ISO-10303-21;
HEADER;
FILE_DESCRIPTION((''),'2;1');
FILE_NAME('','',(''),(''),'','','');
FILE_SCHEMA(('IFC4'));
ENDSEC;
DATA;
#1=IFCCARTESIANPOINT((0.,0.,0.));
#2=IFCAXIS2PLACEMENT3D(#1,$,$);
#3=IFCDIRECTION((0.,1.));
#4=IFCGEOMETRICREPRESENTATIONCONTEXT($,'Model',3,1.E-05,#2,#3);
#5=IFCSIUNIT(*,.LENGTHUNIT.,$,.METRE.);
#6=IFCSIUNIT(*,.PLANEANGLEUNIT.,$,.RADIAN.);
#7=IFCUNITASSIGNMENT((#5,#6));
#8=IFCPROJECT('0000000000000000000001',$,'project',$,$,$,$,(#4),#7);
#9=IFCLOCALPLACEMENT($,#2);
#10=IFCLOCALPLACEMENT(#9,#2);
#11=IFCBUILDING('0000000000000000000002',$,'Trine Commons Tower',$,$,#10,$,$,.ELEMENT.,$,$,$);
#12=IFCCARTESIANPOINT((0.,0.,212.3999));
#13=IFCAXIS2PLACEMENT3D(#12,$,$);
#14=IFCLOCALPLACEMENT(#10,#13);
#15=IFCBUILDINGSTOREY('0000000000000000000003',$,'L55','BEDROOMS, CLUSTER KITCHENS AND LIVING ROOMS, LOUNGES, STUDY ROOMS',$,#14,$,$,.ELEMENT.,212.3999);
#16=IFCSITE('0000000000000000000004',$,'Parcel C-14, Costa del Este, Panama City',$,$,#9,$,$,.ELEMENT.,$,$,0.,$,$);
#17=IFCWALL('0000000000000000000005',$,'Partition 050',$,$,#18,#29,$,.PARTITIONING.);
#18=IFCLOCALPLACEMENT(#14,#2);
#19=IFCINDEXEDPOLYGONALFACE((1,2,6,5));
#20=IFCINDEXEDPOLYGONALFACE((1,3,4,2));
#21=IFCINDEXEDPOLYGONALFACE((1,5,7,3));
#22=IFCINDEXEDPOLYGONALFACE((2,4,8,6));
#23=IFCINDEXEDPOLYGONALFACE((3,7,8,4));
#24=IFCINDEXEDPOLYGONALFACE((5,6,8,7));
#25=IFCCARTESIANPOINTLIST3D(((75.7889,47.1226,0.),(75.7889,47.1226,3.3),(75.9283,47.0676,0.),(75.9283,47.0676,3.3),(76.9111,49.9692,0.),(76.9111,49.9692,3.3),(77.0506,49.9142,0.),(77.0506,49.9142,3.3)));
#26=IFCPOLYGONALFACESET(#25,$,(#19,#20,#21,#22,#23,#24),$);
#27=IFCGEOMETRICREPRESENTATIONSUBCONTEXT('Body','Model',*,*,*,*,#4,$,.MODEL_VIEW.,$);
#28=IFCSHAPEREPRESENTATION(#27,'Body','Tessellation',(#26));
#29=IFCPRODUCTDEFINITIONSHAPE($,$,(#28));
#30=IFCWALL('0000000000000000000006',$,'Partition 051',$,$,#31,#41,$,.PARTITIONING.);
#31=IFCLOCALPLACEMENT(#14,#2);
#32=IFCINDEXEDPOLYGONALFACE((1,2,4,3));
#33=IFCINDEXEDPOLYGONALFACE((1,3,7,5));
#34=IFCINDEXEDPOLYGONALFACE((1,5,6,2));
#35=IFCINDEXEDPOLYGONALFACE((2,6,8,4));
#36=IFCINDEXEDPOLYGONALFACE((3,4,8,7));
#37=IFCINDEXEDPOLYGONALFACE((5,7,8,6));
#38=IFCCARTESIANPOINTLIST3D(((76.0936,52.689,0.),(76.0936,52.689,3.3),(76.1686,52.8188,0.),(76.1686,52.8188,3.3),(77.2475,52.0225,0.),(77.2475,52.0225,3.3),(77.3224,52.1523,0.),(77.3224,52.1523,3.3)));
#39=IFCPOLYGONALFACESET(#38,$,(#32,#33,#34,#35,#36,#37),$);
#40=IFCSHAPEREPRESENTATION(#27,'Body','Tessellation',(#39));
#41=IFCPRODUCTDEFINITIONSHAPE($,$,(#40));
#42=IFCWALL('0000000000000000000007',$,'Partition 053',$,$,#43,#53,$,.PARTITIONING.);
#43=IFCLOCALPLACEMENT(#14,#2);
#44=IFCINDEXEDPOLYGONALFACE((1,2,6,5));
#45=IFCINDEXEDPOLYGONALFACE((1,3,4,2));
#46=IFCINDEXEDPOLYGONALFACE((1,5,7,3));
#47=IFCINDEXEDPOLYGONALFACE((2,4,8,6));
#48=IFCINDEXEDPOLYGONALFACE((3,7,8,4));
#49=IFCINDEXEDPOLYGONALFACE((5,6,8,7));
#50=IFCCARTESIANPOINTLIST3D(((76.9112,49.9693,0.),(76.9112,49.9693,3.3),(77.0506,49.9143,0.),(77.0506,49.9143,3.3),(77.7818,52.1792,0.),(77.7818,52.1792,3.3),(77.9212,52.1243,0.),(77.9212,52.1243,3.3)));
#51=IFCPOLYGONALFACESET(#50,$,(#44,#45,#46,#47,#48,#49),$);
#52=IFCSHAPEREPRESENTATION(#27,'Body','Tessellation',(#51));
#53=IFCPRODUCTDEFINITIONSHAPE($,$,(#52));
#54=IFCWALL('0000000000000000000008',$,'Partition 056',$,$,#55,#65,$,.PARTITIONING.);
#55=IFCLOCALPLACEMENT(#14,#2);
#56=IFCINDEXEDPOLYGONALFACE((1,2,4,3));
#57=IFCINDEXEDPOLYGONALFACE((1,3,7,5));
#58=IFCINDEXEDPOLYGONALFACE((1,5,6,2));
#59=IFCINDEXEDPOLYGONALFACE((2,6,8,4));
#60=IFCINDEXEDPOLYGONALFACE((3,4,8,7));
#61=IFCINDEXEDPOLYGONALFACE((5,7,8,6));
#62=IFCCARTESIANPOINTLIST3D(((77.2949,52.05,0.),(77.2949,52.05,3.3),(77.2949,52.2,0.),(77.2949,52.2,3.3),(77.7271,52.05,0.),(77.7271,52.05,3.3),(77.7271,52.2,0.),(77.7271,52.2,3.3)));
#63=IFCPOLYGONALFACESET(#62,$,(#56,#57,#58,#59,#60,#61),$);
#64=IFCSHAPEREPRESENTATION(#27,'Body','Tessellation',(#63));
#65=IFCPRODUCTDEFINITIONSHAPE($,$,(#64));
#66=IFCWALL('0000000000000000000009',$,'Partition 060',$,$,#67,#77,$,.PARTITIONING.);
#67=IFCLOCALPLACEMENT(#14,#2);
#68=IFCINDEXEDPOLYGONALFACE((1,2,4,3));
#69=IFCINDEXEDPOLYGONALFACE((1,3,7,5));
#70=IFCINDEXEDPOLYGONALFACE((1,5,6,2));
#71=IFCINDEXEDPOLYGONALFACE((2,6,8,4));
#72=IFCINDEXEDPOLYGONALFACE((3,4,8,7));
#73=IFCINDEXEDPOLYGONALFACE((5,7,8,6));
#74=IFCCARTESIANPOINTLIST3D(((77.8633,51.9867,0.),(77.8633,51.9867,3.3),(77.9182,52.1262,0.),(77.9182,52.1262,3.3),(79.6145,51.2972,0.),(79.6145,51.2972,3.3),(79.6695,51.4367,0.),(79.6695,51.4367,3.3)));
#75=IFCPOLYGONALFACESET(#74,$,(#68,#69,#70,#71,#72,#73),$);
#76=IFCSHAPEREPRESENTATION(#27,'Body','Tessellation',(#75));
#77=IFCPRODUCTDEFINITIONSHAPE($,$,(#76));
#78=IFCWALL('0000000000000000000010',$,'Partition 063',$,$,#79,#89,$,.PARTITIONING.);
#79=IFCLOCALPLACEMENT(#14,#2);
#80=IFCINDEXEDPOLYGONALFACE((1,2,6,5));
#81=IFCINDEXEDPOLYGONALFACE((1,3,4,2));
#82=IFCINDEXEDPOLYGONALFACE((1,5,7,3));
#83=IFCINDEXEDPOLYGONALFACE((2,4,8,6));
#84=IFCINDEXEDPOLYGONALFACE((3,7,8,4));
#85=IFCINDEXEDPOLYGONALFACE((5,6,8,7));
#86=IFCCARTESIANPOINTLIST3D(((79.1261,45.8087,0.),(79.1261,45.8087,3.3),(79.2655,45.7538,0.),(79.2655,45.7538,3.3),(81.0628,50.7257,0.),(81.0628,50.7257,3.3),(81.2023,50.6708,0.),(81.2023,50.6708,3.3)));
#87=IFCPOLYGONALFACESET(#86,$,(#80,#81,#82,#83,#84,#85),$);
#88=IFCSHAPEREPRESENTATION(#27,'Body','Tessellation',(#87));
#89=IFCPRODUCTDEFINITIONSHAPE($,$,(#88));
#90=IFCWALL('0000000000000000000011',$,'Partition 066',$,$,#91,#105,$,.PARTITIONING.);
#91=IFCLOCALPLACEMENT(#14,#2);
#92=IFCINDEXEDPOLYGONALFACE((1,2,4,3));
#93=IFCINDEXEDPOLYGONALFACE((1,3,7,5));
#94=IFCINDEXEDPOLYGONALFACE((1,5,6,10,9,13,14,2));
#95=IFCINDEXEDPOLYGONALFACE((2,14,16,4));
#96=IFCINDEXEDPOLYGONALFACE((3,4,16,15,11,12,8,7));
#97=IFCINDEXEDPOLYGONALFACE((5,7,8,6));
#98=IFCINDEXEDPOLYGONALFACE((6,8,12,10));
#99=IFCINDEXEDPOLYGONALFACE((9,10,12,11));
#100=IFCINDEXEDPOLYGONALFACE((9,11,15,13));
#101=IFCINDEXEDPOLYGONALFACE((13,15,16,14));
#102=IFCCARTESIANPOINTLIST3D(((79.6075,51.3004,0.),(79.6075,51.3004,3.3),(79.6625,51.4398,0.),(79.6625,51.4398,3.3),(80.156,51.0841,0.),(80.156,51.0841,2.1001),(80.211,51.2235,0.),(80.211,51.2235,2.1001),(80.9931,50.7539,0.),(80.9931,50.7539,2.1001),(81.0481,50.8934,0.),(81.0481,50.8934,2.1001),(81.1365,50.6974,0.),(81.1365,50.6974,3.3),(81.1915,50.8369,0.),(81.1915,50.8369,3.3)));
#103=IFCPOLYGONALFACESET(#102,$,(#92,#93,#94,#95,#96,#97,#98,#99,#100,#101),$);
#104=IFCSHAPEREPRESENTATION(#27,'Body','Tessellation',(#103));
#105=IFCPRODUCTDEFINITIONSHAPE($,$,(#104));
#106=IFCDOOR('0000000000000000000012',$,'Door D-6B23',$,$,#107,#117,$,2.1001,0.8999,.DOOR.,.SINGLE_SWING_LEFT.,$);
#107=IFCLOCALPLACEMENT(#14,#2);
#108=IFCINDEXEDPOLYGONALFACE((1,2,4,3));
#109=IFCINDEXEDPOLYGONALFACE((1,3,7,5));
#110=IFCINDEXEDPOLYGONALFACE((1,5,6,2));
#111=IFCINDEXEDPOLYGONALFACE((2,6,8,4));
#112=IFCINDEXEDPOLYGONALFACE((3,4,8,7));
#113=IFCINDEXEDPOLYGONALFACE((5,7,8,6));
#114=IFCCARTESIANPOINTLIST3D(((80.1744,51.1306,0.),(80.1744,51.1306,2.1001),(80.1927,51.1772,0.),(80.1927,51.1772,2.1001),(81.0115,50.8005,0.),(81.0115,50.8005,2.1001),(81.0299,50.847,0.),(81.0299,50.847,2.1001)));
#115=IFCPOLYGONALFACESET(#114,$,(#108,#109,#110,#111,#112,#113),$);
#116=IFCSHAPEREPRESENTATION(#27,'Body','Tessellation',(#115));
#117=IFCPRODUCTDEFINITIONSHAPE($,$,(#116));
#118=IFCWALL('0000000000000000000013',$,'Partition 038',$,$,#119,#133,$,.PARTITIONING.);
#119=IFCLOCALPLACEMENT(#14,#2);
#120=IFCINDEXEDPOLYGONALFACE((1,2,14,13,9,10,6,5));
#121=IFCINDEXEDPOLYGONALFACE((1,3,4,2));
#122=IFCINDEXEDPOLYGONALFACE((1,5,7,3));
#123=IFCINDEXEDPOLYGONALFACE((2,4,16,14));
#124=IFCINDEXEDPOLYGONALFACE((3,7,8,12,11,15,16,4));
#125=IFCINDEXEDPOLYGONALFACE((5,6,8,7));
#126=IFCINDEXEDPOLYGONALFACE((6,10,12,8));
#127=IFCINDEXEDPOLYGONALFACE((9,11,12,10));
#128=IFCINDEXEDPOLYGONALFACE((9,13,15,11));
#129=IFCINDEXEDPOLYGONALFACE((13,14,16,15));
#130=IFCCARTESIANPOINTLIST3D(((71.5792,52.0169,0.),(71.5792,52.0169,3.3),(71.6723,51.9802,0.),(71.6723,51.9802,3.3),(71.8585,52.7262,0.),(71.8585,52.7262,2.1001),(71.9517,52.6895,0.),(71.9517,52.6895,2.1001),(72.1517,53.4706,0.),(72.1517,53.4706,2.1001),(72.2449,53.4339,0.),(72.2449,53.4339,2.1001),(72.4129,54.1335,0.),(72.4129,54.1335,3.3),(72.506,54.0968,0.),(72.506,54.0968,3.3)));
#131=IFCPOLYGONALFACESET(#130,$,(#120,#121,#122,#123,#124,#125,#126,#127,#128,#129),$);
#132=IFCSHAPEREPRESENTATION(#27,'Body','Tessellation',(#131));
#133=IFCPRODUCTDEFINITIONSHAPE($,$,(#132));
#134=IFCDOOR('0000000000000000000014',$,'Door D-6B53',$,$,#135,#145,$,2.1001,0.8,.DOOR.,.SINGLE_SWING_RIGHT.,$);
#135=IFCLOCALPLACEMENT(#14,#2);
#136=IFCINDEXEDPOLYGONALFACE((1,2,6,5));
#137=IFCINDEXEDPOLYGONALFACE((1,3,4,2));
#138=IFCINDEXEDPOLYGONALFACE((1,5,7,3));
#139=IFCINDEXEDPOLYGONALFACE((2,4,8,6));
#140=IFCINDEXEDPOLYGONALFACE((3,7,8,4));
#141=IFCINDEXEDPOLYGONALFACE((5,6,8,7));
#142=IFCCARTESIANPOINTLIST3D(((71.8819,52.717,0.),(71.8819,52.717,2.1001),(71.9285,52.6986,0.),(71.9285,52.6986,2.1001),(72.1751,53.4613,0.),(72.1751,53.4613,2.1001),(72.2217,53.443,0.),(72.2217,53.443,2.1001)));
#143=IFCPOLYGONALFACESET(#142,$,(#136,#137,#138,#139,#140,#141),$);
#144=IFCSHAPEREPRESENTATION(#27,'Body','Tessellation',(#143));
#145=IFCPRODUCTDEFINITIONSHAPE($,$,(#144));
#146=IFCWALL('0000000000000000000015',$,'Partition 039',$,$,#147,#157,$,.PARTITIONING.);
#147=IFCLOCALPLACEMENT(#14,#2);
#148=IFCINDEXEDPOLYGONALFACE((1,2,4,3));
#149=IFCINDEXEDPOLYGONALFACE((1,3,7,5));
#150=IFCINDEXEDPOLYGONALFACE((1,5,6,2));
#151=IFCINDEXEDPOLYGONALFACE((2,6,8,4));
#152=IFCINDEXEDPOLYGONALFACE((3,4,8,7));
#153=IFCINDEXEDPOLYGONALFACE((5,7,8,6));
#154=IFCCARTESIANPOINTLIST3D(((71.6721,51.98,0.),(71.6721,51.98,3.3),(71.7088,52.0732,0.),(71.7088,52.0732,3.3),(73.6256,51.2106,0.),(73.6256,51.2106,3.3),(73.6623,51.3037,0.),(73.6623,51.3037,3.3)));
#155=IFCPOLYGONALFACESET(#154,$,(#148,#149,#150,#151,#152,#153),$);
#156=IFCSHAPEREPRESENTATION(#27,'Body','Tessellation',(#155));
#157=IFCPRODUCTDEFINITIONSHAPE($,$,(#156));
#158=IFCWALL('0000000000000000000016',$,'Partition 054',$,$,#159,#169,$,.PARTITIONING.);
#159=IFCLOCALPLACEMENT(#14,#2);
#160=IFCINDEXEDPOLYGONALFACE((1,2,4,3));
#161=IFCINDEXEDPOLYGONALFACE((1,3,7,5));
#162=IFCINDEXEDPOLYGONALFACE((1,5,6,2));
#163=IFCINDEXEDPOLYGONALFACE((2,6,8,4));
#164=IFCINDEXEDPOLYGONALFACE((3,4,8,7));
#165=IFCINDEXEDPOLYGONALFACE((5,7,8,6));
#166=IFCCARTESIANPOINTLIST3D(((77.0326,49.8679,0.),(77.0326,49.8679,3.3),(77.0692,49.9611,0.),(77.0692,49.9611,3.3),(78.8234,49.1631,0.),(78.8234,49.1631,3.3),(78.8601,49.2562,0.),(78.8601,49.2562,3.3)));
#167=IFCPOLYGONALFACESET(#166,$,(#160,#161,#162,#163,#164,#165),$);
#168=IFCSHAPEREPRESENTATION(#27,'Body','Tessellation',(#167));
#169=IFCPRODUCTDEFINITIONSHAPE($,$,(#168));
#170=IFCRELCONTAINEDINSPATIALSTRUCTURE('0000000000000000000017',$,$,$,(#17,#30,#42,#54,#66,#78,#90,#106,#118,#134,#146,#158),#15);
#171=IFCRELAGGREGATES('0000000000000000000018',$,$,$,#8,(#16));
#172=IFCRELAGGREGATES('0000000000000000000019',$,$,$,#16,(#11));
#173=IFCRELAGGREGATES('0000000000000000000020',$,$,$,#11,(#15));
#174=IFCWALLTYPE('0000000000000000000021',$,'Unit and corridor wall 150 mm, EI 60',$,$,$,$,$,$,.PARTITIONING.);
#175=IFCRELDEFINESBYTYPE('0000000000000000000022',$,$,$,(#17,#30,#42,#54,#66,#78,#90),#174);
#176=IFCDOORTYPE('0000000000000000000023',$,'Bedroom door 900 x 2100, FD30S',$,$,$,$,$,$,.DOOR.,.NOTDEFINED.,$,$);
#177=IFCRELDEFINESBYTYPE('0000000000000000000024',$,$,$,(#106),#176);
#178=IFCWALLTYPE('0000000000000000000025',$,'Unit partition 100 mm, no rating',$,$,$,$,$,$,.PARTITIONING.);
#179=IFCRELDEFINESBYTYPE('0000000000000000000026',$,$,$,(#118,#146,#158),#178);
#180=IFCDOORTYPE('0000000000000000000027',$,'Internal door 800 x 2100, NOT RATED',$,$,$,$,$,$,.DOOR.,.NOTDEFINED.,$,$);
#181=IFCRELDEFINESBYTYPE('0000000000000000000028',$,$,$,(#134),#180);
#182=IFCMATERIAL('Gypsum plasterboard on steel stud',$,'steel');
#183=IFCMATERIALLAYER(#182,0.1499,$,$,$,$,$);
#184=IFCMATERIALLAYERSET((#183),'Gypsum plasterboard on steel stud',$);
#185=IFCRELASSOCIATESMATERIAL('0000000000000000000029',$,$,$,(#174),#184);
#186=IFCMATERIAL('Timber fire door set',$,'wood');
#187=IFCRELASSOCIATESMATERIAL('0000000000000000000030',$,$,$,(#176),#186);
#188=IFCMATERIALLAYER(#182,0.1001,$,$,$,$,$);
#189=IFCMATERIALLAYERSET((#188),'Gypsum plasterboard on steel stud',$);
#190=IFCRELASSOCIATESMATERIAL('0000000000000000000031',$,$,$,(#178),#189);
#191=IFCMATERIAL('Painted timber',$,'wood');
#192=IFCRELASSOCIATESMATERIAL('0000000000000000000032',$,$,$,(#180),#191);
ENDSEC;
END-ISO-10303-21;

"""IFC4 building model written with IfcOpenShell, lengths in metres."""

from ifc_helpers import new_model, si_unit, direction, frame, frame_2d, origin, place, context, subcontext, project, spatial, rectangle, extrude, material, layer, layer_set, type_object, element, fill, save


model = new_model("IFC4")

# Units and contexts
model_context = context("Model", 3, precision=1e-05, world=origin(), true_north=direction((0.0, 1.0)))
body_context = subcontext(model_context, "Body", "Model", "MODEL_VIEW")
ifc_project = project(units=[si_unit("LENGTHUNIT", "METRE"), si_unit("PLANEANGLEUNIT", "RADIAN")], contexts=[model_context])

# Site, building, storey
site_placement = place(None, origin())
site = spatial("IfcSite", under=ifc_project, at=site_placement, Name="Parcel C-14, Costa del Este, Panama City", CompositionType="ELEMENT", RefElevation=0.0)
building_placement = place(site_placement, origin())
building = spatial("IfcBuilding", under=site, at=building_placement, Name="Trine Commons Tower", CompositionType="ELEMENT")
storey_placement = place(building_placement, frame((0.0, 0.0, 212.3999)))
storey = spatial("IfcBuildingStorey", under=building, at=storey_placement, Name="L55", Description="BEDROOMS, CLUSTER KITCHENS AND LIVING ROOMS, LOUNGES, STUDY ROOMS", CompositionType="ELEMENT", Elevation=212.3999)

# Walls
ifc_material_1 = material(Name="Gypsum plasterboard on steel stud", Category="steel")
ifc_layer_1 = layer(ifc_material_1, 0.1499)
ifc_layer_set_1 = layer_set([ifc_layer_1], Name="Gypsum plasterboard on steel stud")
wall_type_1 = type_object("IfcWallType", Name="Unit and corridor wall 150 mm, EI 60", PredefinedType="PARTITIONING", material=ifc_layer_set_1)
wall_1_placement = place(storey_placement, frame((75.8586, 47.0952, 0.0), z_axis=(0.0, 0.0, 1.0), x_axis=(0.366778, 0.930309, 0.0)))
element("IfcWall", 1, at=wall_1_placement, inside=storey, type_object=wall_type_1, Name="Partition 050", PredefinedType="PARTITIONING", context=body_context, shape_type="SweptSolid", body=[
    extrude(rectangle(XDim=3.0598, YDim=0.1499, at=frame_2d((1.5298, 0.0))), origin(), (0.0, 0.0, 1.0), 3.3),
])
wall_2_placement = place(storey_placement, frame((76.1311, 52.7539, 0.0), z_axis=(0.0, 0.0, 1.0), x_axis=(0.865911, -0.500198, 0.0)))
element("IfcWall", 2, at=wall_2_placement, inside=storey, type_object=wall_type_1, Name="Partition 051", PredefinedType="PARTITIONING", context=body_context, shape_type="SweptSolid", body=[
    extrude(rectangle(XDim=1.3325, YDim=0.1499, at=frame_2d((0.6663, 0.0))), origin(), (0.0, 0.0, 1.0), 3.3),
])
wall_3_placement = place(storey_placement, frame((76.981, 49.9419, 0.0), z_axis=(0.0, 0.0, 1.0), x_axis=(0.36653, 0.930406, 0.0)))
element("IfcWall", 3, at=wall_3_placement, inside=storey, type_object=wall_type_1, Name="Partition 053", PredefinedType="PARTITIONING", context=body_context, shape_type="SweptSolid", body=[
    extrude(rectangle(XDim=2.3752, YDim=0.1499, at=frame_2d((1.1875, 0.0))), origin(), (0.0, 0.0, 1.0), 3.3),
])
wall_4_placement = place(storey_placement, frame((77.2949, 52.125, 0.0), z_axis=(0.0, 0.0, 1.0), x_axis=(1.0, 0.0, 0.0)))
element("IfcWall", 4, at=wall_4_placement, inside=storey, type_object=wall_type_1, Name="Partition 056", PredefinedType="PARTITIONING", context=body_context, shape_type="SweptSolid", body=[
    extrude(rectangle(XDim=0.4321, YDim=0.1499, at=frame_2d((0.2161, 0.0))), origin(), (0.0, 0.0, 1.0), 3.3),
])
wall_5_placement = place(storey_placement, frame((77.8909, 52.0564, 0.0), z_axis=(0.0, 0.0, 1.0), x_axis=(0.930485, -0.366331, 0.0)))
element("IfcWall", 5, at=wall_5_placement, inside=storey, type_object=wall_type_1, Name="Partition 060", PredefinedType="PARTITIONING", context=body_context, shape_type="SweptSolid", body=[
    extrude(rectangle(XDim=1.8821, YDim=0.1499, at=frame_2d((0.9409, 0.0))), origin(), (0.0, 0.0, 1.0), 3.3),
])
wall_6_placement = place(storey_placement, frame((79.1958, 45.7812, 0.0), z_axis=(0.0, 0.0, 1.0), x_axis=(0.366487, 0.930423, 0.0)))
element("IfcWall", 6, at=wall_6_placement, inside=storey, type_object=wall_type_1, Name="Partition 063", PredefinedType="PARTITIONING", context=body_context, shape_type="SweptSolid", body=[
    extrude(rectangle(XDim=5.2847, YDim=0.1499, at=frame_2d((2.6423, 0.0))), origin(), (0.0, 0.0, 1.0), 3.3),
])

# Walls, openings, doors
wall_7_placement = place(storey_placement, frame((79.635, 51.3701, 0.0), z_axis=(0.0, 0.0, 1.0), x_axis=(0.930269, -0.366879, 0.0)))
wall_7 = element("IfcWall", 7, at=wall_7_placement, inside=storey, type_object=wall_type_1, Name="Partition 066", PredefinedType="PARTITIONING", context=body_context, shape_type="SweptSolid", body=[
    extrude(rectangle(XDim=1.6436, YDim=0.1499, at=frame_2d((0.8218, 0.0))), origin(), (0.0, 0.0, 1.0), 3.3),
])
opening_1_placement = place(wall_7_placement, frame((0.5896, 0.0, 0.0)))
opening_1 = element("IfcOpeningElement", 8, at=opening_1_placement, cuts=wall_7, PredefinedType="OPENING", context=body_context, shape_type="SweptSolid", body=[
    extrude(rectangle(XDim=0.8999, YDim=2.1001, at=frame_2d((0.45, 1.05))), frame((0.0, 0.085, 0.0), z_axis=(0.0, -1.0, 0.0), x_axis=(1.0, 0.0, 0.0)), (0.0, 0.0, 1.0), 0.1699),
])
ifc_material_2 = material(Name="Timber fire door set", Category="wood")
door_type_1 = type_object("IfcDoorType", Name="Bedroom door 900 x 2100, FD30S", OperationType="NOTDEFINED", PredefinedType="DOOR", material=ifc_material_2)
door_1_placement = place(opening_1_placement, frame((0.8999, 0.0, 0.0), z_axis=(0.0, 0.0, 1.0), x_axis=(-1.0, 0.0, 0.0)))
door_1 = element("IfcDoor", 9, at=door_1_placement, inside=storey, type_object=door_type_1, Name="Door D-6B23", OperationType="SINGLE_SWING_LEFT", OverallHeight=2.1001, OverallWidth=0.8999, PredefinedType="DOOR", context=body_context, shape_type="SweptSolid", body=[
    extrude(rectangle(XDim=0.8999, YDim=2.1001, at=frame_2d((0.45, 1.05))), frame((0.0, 0.0249, 0.0), z_axis=(0.0, -1.0, 0.0), x_axis=(1.0, 0.0, 0.0)), (0.0, 0.0, 1.0), 0.05),
])
fill(opening_1, door_1)
ifc_layer_2 = layer(ifc_material_1, 0.1001)
ifc_layer_set_2 = layer_set([ifc_layer_2], Name="Gypsum plasterboard on steel stud")
wall_type_2 = type_object("IfcWallType", Name="Unit partition 100 mm, no rating", PredefinedType="PARTITIONING", material=ifc_layer_set_2)
wall_8_placement = place(storey_placement, frame((71.6257, 51.9985, 0.0), z_axis=(0.0, 0.0, 1.0), x_axis=(0.366482, 0.930425, 0.0)))
wall_8 = element("IfcWall", 10, at=wall_8_placement, inside=storey, type_object=wall_type_2, Name="Partition 038", PredefinedType="PARTITIONING", context=body_context, shape_type="SweptSolid", body=[
    extrude(rectangle(XDim=2.2749, YDim=0.1001, at=frame_2d((1.1375, 0.0))), origin(), (0.0, 0.0, 1.0), 3.3),
])
opening_2_placement = place(wall_8_placement, frame((0.7625, 0.0, 0.0)))
opening_2 = element("IfcOpeningElement", 11, at=opening_2_placement, cuts=wall_8, PredefinedType="OPENING", context=body_context, shape_type="SweptSolid", body=[
    extrude(rectangle(XDim=0.8, YDim=2.1001, at=frame_2d((0.3999, 1.05))), frame((0.0, 0.0601, 0.0), z_axis=(0.0, -1.0, 0.0), x_axis=(1.0, 0.0, 0.0)), (0.0, 0.0, 1.0), 0.1201),
])
ifc_material_3 = material(Name="Painted timber", Category="wood")
door_type_2 = type_object("IfcDoorType", Name="Internal door 800 x 2100, NOT RATED", OperationType="NOTDEFINED", PredefinedType="DOOR", material=ifc_material_3)
door_2_placement = place(opening_2_placement, origin())
door_2 = element("IfcDoor", 12, at=door_2_placement, inside=storey, type_object=door_type_2, Name="Door D-6B53", OperationType="SINGLE_SWING_RIGHT", OverallHeight=2.1001, OverallWidth=0.8, PredefinedType="DOOR", context=body_context, shape_type="SweptSolid", body=[
    extrude(rectangle(XDim=0.8, YDim=2.1001, at=frame_2d((0.3999, 1.05))), frame((0.0, 0.0249, 0.0), z_axis=(0.0, -1.0, 0.0), x_axis=(1.0, 0.0, 0.0)), (0.0, 0.0, 1.0), 0.05),
])
fill(opening_2, door_2)

# Walls
wall_9_placement = place(storey_placement, frame((71.6904, 52.0266, 0.0), z_axis=(0.0, 0.0, 1.0), x_axis=(0.93042, -0.366494, 0.0)))
element("IfcWall", 13, at=wall_9_placement, inside=storey, type_object=wall_type_2, Name="Partition 039", PredefinedType="PARTITIONING", context=body_context, shape_type="SweptSolid", body=[
    extrude(rectangle(XDim=2.0996, YDim=0.1001, at=frame_2d((1.0498, 0.0))), origin(), (0.0, 0.0, 1.0), 3.3),
])
wall_10_placement = place(storey_placement, frame((77.0508, 49.9146, 0.0), z_axis=(0.0, 0.0, 1.0), x_axis=(0.930518, -0.366245, 0.0)))
element("IfcWall", 14, at=wall_10_placement, inside=storey, type_object=wall_type_2, Name="Partition 054", PredefinedType="PARTITIONING", context=body_context, shape_type="SweptSolid", body=[
    extrude(rectangle(XDim=1.9246, YDim=0.1001, at=frame_2d((0.9624, 0.0))), origin(), (0.0, 0.0, 1.0), 3.3),
])

save(model, "model.ifc")
